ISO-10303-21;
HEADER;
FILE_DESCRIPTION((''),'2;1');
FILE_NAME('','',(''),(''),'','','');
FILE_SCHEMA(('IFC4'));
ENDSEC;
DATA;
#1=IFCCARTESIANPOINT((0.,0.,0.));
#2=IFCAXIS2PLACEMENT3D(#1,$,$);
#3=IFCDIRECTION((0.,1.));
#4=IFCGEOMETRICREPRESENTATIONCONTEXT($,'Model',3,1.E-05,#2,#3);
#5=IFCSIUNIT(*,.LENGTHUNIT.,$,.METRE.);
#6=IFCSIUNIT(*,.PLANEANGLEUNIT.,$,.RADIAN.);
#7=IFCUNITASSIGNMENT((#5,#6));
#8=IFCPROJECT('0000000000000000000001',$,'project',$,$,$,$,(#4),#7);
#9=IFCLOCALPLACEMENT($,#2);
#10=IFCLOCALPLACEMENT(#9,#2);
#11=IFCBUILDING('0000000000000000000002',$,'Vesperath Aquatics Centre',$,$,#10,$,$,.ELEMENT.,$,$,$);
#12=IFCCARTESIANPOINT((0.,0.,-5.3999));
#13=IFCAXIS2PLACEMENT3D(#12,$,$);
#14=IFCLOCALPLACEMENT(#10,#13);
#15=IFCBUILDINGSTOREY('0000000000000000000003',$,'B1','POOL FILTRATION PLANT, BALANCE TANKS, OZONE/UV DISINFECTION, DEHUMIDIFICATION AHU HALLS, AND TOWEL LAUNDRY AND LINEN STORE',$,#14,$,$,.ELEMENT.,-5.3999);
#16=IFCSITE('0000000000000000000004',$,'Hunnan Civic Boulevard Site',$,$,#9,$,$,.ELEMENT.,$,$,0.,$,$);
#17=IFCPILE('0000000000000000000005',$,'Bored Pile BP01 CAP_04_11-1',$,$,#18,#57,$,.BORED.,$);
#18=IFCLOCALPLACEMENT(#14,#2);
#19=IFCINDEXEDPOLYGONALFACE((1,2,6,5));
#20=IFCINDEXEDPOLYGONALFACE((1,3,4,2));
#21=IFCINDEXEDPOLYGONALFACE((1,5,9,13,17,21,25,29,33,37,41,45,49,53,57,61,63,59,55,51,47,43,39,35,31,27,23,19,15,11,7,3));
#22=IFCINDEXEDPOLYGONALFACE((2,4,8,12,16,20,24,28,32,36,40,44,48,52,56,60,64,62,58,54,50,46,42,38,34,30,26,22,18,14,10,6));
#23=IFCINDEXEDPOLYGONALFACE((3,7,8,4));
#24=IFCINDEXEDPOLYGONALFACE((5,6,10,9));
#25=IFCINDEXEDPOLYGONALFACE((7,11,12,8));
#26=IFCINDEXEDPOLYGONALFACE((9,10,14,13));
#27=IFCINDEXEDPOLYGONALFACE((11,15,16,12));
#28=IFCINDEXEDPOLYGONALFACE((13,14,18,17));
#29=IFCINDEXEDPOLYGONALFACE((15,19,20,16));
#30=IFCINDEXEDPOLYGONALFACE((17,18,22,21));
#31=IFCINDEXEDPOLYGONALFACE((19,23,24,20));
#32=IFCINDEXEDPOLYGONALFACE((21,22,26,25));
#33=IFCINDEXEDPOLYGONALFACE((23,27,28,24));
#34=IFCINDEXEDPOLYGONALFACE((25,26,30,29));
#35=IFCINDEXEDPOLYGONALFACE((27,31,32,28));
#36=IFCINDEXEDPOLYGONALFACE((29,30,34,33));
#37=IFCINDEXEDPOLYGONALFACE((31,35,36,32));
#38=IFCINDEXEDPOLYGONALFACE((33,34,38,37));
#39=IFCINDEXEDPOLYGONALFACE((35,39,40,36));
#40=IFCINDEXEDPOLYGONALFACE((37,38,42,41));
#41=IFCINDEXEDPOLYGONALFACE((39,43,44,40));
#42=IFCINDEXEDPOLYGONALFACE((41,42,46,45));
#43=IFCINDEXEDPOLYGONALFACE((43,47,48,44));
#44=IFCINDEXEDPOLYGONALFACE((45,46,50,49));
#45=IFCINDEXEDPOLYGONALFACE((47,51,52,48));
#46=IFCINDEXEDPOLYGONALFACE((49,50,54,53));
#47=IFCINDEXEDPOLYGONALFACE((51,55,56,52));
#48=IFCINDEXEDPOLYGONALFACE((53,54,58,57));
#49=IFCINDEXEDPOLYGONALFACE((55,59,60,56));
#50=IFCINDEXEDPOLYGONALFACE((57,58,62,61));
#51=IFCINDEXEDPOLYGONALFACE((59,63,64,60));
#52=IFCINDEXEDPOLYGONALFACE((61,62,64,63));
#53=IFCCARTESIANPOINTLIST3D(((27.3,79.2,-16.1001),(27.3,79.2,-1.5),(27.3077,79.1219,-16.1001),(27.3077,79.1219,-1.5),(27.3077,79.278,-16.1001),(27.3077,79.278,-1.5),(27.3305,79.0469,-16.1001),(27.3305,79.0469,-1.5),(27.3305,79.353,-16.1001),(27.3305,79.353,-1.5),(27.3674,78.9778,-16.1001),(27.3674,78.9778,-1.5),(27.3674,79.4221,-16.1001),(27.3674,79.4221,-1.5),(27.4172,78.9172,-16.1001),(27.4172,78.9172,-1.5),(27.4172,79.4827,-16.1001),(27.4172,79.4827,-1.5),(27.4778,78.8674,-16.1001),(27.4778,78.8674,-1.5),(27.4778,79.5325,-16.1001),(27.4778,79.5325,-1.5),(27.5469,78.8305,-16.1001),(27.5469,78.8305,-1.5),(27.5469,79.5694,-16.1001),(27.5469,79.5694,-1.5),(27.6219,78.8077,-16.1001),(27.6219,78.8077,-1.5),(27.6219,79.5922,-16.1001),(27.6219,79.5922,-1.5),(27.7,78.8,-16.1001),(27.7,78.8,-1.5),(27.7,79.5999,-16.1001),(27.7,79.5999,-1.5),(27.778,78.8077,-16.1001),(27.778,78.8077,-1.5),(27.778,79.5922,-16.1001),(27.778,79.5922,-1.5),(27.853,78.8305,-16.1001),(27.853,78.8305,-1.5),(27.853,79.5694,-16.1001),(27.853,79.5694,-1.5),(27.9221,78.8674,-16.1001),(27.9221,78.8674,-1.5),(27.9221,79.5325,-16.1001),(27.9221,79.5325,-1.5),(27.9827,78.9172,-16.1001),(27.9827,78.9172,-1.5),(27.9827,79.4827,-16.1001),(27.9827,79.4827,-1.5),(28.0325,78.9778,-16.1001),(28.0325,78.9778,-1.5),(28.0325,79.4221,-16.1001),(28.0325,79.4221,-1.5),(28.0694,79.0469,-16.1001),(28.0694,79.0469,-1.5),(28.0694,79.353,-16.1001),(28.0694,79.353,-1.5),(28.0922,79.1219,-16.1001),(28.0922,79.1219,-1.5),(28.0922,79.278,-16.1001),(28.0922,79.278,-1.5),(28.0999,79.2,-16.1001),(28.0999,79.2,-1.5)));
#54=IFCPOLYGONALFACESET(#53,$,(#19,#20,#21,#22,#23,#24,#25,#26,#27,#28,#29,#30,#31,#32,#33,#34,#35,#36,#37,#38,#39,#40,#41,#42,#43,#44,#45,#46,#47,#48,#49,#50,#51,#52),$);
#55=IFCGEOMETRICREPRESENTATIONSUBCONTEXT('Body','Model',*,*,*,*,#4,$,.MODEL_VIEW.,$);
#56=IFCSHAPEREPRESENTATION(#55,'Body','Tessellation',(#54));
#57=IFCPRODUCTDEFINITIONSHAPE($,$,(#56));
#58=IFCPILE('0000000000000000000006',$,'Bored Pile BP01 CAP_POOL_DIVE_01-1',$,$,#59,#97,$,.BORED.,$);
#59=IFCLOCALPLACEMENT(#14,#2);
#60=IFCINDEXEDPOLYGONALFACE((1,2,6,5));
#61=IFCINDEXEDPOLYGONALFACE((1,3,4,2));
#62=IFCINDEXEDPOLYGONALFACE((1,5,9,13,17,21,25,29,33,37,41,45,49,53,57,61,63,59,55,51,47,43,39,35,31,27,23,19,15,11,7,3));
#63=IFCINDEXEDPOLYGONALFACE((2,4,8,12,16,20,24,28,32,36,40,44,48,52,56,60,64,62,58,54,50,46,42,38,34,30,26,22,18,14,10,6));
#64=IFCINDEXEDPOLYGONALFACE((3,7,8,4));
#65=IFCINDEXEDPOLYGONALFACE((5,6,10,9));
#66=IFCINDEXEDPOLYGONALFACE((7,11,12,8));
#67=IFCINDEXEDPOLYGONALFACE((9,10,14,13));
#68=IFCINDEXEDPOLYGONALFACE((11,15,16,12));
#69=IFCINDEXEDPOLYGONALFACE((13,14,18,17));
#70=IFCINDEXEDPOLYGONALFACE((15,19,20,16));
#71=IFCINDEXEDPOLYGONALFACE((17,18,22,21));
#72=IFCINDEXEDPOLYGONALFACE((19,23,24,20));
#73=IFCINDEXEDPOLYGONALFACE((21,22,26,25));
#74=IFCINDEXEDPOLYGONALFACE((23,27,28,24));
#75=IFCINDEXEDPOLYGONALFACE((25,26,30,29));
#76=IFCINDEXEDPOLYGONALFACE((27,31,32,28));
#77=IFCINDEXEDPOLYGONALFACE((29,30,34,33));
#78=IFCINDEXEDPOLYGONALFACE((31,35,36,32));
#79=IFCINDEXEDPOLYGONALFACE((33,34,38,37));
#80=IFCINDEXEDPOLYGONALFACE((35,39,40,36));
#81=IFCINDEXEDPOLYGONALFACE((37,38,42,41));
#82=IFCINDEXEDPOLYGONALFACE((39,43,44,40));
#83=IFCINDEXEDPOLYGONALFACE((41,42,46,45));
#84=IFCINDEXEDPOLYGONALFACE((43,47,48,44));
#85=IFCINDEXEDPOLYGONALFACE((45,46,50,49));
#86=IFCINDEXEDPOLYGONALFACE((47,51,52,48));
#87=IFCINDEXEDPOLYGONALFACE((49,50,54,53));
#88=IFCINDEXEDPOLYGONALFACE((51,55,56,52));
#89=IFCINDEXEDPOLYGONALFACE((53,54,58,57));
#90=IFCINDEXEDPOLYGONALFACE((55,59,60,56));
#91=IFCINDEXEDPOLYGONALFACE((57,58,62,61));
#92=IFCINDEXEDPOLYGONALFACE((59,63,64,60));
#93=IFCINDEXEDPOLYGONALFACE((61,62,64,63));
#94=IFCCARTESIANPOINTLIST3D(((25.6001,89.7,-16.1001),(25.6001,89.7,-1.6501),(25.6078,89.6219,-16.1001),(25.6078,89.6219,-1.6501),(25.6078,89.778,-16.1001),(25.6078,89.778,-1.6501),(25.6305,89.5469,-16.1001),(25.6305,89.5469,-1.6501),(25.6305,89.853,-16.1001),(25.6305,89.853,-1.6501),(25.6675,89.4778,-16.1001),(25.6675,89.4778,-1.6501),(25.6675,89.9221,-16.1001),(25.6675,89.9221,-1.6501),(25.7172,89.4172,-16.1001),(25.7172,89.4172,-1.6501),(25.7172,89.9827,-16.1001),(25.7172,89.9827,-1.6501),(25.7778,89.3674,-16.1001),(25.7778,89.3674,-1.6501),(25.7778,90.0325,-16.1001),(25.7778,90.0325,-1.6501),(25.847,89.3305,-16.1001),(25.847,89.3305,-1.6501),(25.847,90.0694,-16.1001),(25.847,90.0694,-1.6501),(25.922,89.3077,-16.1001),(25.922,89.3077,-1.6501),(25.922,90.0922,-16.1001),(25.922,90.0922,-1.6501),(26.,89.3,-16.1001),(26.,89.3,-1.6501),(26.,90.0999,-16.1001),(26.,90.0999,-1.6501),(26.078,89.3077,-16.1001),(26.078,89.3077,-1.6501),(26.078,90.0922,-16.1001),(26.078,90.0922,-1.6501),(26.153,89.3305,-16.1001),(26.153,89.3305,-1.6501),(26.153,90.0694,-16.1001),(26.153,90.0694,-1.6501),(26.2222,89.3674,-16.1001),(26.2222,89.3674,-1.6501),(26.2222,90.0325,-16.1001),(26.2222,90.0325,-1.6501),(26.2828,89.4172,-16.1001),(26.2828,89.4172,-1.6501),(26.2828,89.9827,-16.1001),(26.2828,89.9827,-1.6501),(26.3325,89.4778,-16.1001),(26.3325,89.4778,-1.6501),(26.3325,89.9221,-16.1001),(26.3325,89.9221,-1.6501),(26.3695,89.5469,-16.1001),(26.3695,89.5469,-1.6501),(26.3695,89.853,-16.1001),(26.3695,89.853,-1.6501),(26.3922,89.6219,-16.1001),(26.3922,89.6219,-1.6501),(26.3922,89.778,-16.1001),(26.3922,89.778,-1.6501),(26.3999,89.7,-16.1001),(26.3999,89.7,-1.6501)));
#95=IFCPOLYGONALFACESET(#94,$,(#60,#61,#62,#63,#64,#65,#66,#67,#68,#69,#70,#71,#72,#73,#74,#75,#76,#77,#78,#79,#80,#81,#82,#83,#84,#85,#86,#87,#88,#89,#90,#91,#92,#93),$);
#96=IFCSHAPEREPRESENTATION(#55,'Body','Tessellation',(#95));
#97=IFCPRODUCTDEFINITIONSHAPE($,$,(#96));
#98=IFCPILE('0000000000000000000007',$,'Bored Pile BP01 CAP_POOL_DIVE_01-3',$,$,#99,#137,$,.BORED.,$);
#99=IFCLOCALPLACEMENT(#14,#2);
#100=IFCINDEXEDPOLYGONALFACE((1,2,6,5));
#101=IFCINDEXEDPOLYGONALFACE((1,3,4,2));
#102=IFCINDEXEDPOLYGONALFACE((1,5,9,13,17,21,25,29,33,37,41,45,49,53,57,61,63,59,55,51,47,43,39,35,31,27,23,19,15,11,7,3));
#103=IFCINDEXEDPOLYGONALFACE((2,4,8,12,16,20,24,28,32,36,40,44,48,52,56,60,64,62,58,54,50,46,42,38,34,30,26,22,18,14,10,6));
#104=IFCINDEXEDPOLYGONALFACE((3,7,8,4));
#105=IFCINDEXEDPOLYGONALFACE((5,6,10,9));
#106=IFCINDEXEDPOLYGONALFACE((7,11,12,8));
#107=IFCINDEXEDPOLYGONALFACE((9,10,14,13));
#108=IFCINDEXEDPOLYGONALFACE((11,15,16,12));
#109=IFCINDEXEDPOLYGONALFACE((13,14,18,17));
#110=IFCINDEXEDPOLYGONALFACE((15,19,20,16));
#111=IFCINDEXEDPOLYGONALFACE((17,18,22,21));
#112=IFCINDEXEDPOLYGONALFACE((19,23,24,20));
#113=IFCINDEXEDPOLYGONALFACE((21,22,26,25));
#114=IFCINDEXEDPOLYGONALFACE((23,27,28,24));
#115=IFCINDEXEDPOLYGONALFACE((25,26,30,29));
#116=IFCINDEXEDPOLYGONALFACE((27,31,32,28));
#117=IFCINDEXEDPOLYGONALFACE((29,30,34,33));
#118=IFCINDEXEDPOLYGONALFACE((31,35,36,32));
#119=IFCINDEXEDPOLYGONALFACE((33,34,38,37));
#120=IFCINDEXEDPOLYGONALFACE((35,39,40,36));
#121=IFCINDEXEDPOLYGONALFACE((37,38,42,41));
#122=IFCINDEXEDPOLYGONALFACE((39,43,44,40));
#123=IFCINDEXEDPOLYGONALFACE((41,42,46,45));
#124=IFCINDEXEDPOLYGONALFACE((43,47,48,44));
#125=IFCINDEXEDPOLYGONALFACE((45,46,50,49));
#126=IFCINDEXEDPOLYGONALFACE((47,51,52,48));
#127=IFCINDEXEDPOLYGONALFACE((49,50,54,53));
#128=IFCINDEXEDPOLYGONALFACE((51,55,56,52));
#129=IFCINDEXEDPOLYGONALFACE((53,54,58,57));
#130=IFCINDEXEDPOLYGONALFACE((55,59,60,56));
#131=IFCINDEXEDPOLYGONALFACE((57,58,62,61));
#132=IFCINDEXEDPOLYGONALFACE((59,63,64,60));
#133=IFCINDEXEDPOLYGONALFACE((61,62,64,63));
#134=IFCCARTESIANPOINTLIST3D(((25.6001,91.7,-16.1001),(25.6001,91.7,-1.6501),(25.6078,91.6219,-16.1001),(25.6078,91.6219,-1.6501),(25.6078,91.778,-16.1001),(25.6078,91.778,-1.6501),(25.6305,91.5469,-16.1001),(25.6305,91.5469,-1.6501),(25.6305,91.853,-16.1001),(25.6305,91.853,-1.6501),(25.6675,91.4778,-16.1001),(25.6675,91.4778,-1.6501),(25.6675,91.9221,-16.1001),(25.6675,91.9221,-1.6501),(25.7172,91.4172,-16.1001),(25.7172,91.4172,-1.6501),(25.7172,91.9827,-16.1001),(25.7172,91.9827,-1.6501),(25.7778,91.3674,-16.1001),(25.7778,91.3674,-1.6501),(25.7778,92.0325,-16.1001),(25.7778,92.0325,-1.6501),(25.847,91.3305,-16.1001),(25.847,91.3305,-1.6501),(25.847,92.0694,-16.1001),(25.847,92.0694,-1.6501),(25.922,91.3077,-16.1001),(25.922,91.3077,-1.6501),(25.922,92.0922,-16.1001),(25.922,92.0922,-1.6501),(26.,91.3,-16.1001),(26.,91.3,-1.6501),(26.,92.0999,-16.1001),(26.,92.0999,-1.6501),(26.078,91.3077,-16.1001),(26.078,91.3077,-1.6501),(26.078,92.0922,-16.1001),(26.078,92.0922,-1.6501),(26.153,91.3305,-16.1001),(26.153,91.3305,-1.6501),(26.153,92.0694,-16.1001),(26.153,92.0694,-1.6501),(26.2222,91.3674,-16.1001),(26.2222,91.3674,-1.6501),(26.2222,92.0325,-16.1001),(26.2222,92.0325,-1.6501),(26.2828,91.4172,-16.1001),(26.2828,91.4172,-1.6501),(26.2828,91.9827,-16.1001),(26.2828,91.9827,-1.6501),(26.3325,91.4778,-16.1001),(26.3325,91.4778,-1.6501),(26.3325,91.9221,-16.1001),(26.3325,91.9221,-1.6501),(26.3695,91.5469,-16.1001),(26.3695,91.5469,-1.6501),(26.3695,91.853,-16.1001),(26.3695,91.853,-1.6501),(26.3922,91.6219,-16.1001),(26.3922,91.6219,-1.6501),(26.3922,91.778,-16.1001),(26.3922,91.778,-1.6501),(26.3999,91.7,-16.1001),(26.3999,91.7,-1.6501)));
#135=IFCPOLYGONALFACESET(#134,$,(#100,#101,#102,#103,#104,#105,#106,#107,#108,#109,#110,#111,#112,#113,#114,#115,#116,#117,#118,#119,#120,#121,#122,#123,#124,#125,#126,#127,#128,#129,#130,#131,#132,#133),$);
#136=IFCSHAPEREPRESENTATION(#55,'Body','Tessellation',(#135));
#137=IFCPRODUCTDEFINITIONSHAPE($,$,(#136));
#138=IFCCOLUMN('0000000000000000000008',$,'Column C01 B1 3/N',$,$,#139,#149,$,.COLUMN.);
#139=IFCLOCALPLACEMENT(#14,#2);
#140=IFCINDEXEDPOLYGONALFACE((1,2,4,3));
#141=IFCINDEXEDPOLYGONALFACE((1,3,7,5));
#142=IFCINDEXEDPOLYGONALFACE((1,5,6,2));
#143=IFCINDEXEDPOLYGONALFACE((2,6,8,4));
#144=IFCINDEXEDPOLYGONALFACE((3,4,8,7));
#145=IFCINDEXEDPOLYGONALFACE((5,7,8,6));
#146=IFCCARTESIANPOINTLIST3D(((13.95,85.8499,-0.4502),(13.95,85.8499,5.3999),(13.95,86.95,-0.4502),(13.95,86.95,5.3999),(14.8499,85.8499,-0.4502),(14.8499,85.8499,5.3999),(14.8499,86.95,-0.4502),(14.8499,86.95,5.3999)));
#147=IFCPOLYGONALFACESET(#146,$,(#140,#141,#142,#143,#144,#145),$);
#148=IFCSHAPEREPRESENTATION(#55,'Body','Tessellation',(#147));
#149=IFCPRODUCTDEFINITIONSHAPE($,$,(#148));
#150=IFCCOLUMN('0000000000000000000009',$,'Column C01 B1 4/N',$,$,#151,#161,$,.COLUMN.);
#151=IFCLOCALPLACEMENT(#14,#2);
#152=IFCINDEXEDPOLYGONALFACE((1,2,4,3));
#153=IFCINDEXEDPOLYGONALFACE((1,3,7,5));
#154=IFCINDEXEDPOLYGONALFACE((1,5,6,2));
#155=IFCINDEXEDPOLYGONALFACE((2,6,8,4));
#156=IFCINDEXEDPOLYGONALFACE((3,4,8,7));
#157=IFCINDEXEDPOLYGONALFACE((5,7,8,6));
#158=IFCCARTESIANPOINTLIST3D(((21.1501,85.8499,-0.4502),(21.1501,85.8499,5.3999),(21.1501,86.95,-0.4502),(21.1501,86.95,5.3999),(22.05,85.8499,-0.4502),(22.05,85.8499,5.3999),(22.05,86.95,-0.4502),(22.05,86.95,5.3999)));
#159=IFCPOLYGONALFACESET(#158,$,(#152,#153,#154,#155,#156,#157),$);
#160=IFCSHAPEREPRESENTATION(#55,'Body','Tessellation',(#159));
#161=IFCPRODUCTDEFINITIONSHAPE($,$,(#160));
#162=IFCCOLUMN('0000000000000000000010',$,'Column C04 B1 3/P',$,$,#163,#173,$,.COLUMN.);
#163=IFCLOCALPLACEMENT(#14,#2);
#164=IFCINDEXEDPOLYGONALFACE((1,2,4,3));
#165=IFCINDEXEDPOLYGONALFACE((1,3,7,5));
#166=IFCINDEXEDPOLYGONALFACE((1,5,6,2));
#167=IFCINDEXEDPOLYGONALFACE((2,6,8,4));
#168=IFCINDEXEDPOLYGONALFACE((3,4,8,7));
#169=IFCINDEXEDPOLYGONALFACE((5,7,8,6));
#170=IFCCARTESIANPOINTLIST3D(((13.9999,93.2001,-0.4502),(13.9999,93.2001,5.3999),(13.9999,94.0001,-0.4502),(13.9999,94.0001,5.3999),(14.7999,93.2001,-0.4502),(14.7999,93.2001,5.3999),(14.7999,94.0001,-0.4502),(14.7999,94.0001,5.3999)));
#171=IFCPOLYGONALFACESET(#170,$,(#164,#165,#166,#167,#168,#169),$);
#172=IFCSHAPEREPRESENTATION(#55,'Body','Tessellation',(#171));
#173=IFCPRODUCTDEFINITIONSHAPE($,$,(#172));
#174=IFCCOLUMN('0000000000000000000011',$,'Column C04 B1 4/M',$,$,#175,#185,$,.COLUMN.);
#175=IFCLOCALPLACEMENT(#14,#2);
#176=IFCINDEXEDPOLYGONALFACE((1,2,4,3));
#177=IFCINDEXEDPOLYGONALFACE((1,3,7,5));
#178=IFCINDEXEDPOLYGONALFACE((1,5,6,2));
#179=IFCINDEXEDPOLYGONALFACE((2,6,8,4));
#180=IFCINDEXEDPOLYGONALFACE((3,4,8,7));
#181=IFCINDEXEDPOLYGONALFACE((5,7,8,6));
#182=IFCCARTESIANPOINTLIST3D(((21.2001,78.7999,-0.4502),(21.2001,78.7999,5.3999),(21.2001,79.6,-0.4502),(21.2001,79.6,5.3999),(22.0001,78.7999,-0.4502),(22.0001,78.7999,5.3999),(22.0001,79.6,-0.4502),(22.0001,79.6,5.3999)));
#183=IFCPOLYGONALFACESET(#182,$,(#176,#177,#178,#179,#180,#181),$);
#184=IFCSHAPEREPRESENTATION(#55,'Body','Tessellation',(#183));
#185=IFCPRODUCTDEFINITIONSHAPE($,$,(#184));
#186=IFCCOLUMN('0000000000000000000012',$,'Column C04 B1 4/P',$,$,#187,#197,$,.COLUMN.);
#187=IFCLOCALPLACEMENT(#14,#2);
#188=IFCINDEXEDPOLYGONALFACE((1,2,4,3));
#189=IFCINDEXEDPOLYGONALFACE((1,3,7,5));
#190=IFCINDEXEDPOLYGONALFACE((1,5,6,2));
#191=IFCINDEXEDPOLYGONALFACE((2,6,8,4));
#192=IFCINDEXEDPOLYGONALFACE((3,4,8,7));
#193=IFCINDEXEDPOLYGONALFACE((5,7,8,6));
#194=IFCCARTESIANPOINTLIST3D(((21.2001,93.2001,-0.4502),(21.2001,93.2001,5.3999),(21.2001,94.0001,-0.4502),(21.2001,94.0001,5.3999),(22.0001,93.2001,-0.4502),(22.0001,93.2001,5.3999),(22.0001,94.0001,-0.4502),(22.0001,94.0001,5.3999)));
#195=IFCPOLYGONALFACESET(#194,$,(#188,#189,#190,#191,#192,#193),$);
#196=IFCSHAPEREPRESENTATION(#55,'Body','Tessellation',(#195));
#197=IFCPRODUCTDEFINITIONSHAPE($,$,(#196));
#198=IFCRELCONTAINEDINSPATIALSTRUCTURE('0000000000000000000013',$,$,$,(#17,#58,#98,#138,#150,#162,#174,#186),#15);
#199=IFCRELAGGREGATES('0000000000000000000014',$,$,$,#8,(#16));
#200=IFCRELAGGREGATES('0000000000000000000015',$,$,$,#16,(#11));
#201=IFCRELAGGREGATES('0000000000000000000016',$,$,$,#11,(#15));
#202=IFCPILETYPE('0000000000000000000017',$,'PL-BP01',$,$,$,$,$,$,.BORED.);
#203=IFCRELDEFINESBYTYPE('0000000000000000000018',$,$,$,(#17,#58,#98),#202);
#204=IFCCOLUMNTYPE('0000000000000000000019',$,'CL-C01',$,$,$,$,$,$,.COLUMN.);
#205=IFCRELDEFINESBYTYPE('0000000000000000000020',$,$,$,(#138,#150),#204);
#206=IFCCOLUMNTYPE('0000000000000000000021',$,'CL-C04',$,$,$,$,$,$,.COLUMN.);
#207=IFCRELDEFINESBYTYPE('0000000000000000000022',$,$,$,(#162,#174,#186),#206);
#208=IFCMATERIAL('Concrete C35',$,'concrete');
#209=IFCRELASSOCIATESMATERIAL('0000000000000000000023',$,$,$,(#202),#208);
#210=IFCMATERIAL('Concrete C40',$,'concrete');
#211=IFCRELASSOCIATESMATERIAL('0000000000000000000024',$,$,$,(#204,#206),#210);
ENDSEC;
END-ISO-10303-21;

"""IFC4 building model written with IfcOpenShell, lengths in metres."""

from ifc_helpers import new_model, si_unit, direction, frame, origin, origin_2d, place, context, subcontext, project, spatial, rectangle, circle, extrude, material, material_profile, profile_set, type_object, element, save


model = new_model("IFC4")

# Units and contexts
model_context = context("Model", 3, precision=1e-05, world=origin(), true_north=direction((0.0, 1.0)))
body_context = subcontext(model_context, "Body", "Model", "MODEL_VIEW")
ifc_project = project(units=[si_unit("LENGTHUNIT", "METRE"), si_unit("PLANEANGLEUNIT", "RADIAN")], contexts=[model_context])

# Site, building, storey
site_placement = place(None, origin())
site = spatial("IfcSite", under=ifc_project, at=site_placement, Name="Hunnan Civic Boulevard Site", CompositionType="ELEMENT", RefElevation=0.0)
building_placement = place(site_placement, origin())
building = spatial("IfcBuilding", under=site, at=building_placement, Name="Vesperath Aquatics Centre", CompositionType="ELEMENT")
storey_placement = place(building_placement, frame((0.0, 0.0, -5.3999)))
storey = spatial("IfcBuildingStorey", under=building, at=storey_placement, Name="B1", Description="POOL FILTRATION PLANT, BALANCE TANKS, OZONE/UV DISINFECTION, DEHUMIDIFICATION AHU HALLS, AND TOWEL LAUNDRY AND LINEN STORE", CompositionType="ELEMENT", Elevation=-5.3999)

# Shared definitions
ifc_material_1 = material(Name="Concrete C40", Category="concrete")

# Piles
ifc_material_2 = material(Name="Concrete C35", Category="concrete")
ifc_material_profile_1 = material_profile(ifc_material_2, circle(Radius=0.3999, at=origin_2d()), Name="PILE D800")
ifc_profile_set_1 = profile_set([ifc_material_profile_1], Name="Concrete C35")
pile_type = type_object("IfcPileType", Name="PL-BP01", PredefinedType="BORED", material=ifc_profile_set_1)
for number, where, z_axis, x_axis, name in (
    (1, (27.7, 79.2, -1.5), (0.0, 0.0, -1.0), (1.0, 0.0, 0.0), "Bored Pile BP01 CAP_04_11-1"),
):
    element("IfcPile", number, at=place(storey_placement, frame(where, z_axis=z_axis, x_axis=x_axis)), inside=storey, type_object=pile_type, Name=name, PredefinedType="BORED", context=body_context, shape_type="SweptSolid", body=[
        extrude(circle(Radius=0.3999, at=origin_2d()), origin(), (0.0, 0.0, 1.0), 14.6001),
    ])
for number, where, z_axis, x_axis, name in (
    (2, (26.0, 89.7, -1.6501), (0.0, 0.0, -1.0), (1.0, 0.0, 0.0), "Bored Pile BP01 CAP_POOL_DIVE_01-1"),
    (3, (26.0, 91.7, -1.6501), (0.0, 0.0, -1.0), (1.0, 0.0, 0.0), "Bored Pile BP01 CAP_POOL_DIVE_01-3"),
):
    element("IfcPile", number, at=place(storey_placement, frame(where, z_axis=z_axis, x_axis=x_axis)), inside=storey, type_object=pile_type, Name=name, PredefinedType="BORED", context=body_context, shape_type="SweptSolid", body=[
        extrude(circle(Radius=0.3999, at=origin_2d()), origin(), (0.0, 0.0, 1.0), 14.45),
    ])

# Columns
ifc_material_profile_2 = material_profile(ifc_material_1, rectangle(XDim=0.8999, YDim=1.1001, at=origin_2d()), Name="RC 1100x900")
ifc_profile_set_2 = profile_set([ifc_material_profile_2], Name="Concrete C40")
column_type_1 = type_object("IfcColumnType", Name="CL-C01", PredefinedType="COLUMN", material=ifc_profile_set_2)
for number, where, z_axis, x_axis, name in (
    (4, (14.3999, 86.3999, -0.4502), (0.0, 0.0, 1.0), (1.0, 0.0, 0.0), "Column C01 B1 3/N"),
    (5, (21.6001, 86.3999, -0.4502), (0.0, 0.0, 1.0), (1.0, 0.0, 0.0), "Column C01 B1 4/N"),
):
    element("IfcColumn", number, at=place(storey_placement, frame(where, z_axis=z_axis, x_axis=x_axis)), inside=storey, type_object=column_type_1, Name=name, PredefinedType="COLUMN", context=body_context, shape_type="SweptSolid", body=[
        extrude(rectangle(XDim=0.8999, YDim=1.1001, at=origin_2d()), origin(), (0.0, 0.0, 1.0), 5.8501),
    ])
ifc_material_profile_3 = material_profile(ifc_material_1, rectangle(XDim=0.8, YDim=0.8, at=origin_2d()), Name="RC 800x800")
ifc_profile_set_3 = profile_set([ifc_material_profile_3], Name="Concrete C40")
column_type_2 = type_object("IfcColumnType", Name="CL-C04", PredefinedType="COLUMN", material=ifc_profile_set_3)
for number, where, z_axis, x_axis, name in (
    (6, (14.3999, 93.6001, -0.4502), (0.0, 0.0, 1.0), (1.0, 0.0, 0.0), "Column C04 B1 3/P"),
    (7, (21.6001, 79.2, -0.4502), (0.0, 0.0, 1.0), (1.0, 0.0, 0.0), "Column C04 B1 4/M"),
    (8, (21.6001, 93.6001, -0.4502), (0.0, 0.0, 1.0), (1.0, 0.0, 0.0), "Column C04 B1 4/P"),
):
    element("IfcColumn", number, at=place(storey_placement, frame(where, z_axis=z_axis, x_axis=x_axis)), inside=storey, type_object=column_type_2, Name=name, PredefinedType="COLUMN", context=body_context, shape_type="SweptSolid", body=[
        extrude(rectangle(XDim=0.8, YDim=0.8, at=origin_2d()), origin(), (0.0, 0.0, 1.0), 5.8501),
    ])

save(model, "model.ifc")
